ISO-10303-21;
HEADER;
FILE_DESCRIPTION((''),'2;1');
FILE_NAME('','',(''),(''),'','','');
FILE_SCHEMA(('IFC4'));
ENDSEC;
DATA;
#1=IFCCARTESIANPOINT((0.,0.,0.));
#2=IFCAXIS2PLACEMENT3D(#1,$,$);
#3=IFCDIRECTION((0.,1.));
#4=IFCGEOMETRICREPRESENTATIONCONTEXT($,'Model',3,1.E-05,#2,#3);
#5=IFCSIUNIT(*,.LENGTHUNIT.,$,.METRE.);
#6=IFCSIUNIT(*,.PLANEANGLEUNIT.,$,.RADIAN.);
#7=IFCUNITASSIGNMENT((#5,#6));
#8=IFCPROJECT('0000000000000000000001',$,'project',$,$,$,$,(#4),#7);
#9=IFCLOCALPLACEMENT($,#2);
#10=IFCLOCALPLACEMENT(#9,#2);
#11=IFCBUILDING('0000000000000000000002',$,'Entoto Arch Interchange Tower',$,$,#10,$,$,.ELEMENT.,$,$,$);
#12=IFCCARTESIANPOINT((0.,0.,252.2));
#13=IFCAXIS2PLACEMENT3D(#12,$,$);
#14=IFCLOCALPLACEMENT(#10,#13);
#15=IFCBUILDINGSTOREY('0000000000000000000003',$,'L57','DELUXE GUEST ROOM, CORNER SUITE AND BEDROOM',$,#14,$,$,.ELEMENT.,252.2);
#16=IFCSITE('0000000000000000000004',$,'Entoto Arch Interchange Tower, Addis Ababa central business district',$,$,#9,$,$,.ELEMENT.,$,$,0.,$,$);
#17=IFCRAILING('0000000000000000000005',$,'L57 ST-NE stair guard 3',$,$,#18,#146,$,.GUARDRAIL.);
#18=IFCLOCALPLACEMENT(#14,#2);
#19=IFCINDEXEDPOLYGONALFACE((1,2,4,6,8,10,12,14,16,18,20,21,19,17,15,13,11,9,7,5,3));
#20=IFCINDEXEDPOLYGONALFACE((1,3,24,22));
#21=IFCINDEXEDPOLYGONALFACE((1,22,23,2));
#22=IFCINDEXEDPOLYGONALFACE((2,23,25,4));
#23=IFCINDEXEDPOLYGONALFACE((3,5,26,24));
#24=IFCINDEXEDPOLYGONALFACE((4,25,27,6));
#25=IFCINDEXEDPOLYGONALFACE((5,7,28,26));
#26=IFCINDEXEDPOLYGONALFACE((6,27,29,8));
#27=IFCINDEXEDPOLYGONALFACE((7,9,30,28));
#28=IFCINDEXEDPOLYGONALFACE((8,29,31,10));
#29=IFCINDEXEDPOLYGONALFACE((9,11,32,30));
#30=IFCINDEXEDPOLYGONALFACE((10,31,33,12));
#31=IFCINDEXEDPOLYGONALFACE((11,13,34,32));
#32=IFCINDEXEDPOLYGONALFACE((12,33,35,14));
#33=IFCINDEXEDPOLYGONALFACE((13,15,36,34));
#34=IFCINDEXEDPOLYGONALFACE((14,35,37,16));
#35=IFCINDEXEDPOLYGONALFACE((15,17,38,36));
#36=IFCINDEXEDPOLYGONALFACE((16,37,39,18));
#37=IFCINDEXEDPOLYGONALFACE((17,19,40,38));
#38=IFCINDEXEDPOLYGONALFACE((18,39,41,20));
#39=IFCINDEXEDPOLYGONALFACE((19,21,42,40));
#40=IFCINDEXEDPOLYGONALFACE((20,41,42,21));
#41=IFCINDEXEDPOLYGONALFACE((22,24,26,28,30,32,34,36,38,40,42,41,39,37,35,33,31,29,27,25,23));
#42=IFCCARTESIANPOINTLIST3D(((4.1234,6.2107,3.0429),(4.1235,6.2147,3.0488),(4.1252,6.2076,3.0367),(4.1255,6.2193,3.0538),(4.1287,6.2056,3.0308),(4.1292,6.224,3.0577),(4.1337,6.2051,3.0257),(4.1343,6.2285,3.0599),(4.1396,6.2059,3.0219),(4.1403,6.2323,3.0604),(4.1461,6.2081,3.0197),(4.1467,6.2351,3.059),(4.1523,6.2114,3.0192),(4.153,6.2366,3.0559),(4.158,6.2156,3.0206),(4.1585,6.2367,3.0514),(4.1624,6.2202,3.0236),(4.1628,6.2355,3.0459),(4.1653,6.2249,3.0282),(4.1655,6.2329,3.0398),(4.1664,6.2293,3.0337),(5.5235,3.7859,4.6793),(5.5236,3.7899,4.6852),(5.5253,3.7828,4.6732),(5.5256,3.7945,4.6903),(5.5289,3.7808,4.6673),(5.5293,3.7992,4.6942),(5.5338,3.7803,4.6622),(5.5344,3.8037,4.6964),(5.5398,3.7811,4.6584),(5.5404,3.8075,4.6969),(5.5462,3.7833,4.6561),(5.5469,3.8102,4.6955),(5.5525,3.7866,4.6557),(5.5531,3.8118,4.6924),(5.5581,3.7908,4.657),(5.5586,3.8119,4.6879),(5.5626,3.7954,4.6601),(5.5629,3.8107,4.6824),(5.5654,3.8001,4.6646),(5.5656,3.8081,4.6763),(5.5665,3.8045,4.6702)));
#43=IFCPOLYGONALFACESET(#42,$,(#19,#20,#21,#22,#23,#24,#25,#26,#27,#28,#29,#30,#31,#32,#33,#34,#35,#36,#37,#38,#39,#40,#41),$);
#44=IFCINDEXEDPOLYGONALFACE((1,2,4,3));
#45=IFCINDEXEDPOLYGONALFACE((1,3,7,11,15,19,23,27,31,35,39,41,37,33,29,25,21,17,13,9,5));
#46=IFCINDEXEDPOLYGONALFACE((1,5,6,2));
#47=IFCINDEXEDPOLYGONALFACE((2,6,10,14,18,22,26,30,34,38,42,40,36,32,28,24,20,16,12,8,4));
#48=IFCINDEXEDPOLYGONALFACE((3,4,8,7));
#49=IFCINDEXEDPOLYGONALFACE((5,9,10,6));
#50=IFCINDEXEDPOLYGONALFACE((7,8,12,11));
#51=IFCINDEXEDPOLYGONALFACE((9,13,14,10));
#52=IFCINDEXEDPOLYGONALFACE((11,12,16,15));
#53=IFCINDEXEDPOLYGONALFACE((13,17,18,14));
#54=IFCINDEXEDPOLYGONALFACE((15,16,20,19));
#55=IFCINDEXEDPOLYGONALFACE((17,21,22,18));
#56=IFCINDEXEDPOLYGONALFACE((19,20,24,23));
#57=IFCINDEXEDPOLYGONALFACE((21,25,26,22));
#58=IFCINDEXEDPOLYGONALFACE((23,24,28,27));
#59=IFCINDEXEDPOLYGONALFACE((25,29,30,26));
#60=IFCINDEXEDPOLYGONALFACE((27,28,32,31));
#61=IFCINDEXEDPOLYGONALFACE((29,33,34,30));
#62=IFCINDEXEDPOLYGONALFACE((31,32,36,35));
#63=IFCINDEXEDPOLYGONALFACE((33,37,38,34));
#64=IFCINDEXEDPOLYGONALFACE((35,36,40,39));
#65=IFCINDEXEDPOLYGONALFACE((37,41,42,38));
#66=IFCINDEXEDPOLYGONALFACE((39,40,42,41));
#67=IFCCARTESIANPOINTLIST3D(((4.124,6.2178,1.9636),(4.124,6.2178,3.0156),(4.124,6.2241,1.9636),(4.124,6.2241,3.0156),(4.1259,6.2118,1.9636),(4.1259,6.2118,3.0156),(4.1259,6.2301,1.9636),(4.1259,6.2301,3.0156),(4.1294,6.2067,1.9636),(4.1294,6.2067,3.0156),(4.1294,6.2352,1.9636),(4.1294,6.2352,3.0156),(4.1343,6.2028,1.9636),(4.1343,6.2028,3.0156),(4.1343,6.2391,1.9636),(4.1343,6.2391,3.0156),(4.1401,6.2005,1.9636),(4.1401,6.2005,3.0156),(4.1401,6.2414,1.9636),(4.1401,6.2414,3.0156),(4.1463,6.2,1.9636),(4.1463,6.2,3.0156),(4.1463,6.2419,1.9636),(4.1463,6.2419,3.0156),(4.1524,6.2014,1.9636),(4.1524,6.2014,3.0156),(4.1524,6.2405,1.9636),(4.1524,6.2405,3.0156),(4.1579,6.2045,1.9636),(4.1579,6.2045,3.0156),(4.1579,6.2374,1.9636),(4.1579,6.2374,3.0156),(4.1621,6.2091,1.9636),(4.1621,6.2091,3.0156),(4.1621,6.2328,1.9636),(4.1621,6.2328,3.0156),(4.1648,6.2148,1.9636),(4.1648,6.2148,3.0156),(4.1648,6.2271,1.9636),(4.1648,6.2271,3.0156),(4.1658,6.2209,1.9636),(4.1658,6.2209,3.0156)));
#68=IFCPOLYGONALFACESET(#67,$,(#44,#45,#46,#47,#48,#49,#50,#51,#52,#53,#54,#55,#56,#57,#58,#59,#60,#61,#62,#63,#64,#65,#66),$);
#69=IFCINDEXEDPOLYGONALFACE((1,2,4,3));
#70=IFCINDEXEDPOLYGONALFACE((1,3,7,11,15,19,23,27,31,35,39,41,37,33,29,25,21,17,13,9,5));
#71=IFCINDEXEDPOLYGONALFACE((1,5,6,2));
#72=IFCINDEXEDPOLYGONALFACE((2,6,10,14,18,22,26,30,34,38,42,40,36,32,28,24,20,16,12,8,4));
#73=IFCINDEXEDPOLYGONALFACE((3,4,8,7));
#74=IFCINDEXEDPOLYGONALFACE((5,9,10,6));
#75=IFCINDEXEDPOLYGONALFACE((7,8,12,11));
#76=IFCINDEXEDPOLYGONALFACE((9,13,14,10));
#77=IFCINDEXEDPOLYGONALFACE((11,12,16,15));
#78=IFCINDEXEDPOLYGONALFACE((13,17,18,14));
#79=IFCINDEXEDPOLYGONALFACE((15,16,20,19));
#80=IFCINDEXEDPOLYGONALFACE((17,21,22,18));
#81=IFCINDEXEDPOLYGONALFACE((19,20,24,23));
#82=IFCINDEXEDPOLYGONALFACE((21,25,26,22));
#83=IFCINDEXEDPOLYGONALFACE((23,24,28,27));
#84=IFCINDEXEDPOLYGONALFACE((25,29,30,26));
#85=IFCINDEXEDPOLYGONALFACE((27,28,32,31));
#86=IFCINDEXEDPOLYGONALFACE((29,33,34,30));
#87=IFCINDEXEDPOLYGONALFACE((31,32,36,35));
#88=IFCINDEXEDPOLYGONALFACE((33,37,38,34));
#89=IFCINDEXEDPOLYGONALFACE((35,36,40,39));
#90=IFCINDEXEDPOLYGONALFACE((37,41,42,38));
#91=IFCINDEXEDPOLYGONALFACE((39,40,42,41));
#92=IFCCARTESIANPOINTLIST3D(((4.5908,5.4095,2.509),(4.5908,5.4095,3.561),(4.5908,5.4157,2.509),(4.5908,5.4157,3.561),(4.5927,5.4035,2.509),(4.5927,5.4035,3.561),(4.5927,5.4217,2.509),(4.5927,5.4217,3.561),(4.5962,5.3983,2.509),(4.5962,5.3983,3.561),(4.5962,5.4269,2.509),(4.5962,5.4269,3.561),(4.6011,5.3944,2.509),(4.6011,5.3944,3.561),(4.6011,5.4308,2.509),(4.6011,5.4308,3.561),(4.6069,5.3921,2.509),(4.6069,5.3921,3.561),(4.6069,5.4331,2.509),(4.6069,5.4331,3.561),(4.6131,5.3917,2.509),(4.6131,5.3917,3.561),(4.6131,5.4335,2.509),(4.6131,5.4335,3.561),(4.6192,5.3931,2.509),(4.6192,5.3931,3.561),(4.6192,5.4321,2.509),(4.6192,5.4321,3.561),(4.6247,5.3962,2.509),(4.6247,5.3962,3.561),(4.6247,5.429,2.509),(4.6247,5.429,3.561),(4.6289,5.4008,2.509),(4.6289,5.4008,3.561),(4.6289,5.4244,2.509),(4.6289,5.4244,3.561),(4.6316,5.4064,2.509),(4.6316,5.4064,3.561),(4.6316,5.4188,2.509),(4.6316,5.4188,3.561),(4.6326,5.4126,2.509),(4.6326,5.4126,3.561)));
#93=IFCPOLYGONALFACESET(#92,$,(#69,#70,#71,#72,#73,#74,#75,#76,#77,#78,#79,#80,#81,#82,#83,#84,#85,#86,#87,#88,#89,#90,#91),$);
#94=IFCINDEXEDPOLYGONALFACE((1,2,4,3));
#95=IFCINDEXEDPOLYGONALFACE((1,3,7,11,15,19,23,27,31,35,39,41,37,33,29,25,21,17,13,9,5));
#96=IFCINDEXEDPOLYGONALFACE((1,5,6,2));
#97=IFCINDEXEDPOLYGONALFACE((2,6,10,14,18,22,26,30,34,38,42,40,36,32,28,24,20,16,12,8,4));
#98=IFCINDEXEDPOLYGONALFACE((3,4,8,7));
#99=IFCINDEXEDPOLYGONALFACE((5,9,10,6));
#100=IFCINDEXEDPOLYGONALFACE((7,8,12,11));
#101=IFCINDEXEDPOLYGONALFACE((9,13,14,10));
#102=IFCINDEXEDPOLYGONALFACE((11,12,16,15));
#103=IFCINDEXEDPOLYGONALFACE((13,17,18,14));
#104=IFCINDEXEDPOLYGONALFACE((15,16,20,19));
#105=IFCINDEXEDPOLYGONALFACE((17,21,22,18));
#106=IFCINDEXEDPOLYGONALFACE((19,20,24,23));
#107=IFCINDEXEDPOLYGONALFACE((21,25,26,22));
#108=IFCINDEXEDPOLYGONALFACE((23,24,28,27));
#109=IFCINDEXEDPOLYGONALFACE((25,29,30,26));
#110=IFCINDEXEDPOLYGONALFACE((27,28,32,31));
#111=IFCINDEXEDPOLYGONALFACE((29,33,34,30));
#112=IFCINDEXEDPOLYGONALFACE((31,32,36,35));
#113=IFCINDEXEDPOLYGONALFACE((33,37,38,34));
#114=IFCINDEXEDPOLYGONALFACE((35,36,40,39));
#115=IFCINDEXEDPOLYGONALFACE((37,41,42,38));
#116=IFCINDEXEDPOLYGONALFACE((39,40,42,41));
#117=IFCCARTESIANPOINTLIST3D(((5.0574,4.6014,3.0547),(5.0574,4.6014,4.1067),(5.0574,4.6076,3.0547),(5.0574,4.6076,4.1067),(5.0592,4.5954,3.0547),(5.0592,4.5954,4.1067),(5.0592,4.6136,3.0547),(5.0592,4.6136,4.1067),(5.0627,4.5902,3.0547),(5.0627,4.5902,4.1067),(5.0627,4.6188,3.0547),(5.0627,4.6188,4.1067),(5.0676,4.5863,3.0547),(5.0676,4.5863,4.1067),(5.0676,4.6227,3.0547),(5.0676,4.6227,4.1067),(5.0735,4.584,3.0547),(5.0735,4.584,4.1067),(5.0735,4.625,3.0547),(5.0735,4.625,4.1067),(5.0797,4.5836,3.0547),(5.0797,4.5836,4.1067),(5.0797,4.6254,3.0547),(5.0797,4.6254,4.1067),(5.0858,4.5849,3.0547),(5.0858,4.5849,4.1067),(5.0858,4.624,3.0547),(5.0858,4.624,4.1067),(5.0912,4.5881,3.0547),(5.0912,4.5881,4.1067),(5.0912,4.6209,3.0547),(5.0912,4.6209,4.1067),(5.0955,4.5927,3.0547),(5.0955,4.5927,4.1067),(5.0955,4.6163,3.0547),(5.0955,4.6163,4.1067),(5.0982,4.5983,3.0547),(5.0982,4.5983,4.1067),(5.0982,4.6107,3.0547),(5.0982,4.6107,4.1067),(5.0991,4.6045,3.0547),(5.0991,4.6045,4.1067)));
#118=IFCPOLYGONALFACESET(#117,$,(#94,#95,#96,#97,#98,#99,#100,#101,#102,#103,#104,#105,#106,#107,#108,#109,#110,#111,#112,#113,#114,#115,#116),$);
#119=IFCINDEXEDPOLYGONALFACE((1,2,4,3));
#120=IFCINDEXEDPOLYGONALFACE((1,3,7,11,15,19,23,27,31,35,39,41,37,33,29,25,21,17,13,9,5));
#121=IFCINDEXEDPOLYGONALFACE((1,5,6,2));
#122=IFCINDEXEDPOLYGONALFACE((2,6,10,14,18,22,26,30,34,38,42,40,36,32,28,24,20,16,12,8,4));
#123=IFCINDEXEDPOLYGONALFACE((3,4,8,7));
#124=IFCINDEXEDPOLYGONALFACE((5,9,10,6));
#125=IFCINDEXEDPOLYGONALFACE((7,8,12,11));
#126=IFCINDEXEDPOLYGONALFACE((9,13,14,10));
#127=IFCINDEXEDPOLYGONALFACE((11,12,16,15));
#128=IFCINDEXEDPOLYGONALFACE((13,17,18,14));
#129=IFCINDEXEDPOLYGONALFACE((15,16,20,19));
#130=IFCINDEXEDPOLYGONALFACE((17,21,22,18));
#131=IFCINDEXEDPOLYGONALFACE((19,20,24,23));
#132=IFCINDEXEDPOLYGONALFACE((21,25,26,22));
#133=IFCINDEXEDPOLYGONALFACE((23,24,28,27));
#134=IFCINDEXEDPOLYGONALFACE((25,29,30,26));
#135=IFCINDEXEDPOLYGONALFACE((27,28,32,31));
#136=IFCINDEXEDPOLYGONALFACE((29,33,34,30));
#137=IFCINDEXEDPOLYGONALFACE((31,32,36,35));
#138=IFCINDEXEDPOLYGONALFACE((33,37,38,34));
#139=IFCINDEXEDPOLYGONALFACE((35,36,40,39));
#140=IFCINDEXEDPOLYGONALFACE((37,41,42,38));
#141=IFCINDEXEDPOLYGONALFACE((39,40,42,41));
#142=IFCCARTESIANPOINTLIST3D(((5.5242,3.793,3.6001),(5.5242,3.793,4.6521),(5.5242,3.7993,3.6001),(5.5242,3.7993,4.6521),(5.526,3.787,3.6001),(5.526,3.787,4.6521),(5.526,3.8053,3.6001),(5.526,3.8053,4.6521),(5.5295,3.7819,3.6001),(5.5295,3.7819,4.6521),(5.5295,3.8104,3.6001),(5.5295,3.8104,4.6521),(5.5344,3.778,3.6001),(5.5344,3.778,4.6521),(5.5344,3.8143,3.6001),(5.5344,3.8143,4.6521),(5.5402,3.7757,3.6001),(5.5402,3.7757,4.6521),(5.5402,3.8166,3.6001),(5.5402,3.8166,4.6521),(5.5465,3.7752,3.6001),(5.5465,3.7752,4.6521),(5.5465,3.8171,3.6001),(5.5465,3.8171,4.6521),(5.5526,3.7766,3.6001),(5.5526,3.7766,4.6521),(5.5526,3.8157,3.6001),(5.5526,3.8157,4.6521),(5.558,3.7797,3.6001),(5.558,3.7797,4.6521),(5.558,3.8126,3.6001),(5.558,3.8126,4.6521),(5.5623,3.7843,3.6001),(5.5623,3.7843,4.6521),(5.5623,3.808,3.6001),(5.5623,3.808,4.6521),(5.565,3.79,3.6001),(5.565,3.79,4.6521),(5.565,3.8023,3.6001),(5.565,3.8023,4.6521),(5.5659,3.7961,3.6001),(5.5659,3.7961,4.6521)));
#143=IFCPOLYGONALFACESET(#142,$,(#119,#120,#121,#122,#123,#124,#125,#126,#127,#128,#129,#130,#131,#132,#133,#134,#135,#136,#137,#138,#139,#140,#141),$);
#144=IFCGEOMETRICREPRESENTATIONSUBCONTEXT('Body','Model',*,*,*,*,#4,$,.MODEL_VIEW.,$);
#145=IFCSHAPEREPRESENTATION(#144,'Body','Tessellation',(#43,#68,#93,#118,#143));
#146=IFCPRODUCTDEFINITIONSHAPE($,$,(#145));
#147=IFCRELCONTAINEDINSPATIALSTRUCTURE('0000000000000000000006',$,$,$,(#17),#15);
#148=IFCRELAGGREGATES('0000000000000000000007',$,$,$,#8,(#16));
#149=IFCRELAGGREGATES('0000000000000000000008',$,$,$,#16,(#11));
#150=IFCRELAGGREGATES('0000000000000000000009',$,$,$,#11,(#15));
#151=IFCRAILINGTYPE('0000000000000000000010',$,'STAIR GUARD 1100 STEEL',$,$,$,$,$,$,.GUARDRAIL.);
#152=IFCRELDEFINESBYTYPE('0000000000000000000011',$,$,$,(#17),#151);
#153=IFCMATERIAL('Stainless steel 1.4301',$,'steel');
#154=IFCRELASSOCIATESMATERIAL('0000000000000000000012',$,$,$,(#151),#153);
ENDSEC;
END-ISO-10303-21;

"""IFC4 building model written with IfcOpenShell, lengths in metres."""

from ifc_helpers import new_model, si_unit, direction, frame, origin, origin_2d, place, context, subcontext, project, spatial, circle, extrude, material, type_object, element, save


model = new_model("IFC4")

# Units and contexts
model_context = context("Model", 3, precision=1e-05, world=origin(), true_north=direction((0.0, 1.0)))
body_context = subcontext(model_context, "Body", "Model", "MODEL_VIEW")
ifc_project = project(units=[si_unit("LENGTHUNIT", "METRE"), si_unit("PLANEANGLEUNIT", "RADIAN")], contexts=[model_context])

# Site, building, storey
site_placement = place(None, origin())
site = spatial("IfcSite", under=ifc_project, at=site_placement, Name="Entoto Arch Interchange Tower, Addis Ababa central business district", CompositionType="ELEMENT", RefElevation=0.0)
building_placement = place(site_placement, origin())
building = spatial("IfcBuilding", under=site, at=building_placement, Name="Entoto Arch Interchange Tower", CompositionType="ELEMENT")
storey_placement = place(building_placement, frame((0.0, 0.0, 252.2)))
storey = spatial("IfcBuildingStorey", under=building, at=storey_placement, Name="L57", Description="DELUXE GUEST ROOM, CORNER SUITE AND BEDROOM", CompositionType="ELEMENT", Elevation=252.2)

# Railing
ifc_material_1 = material(Name="Stainless steel 1.4301", Category="steel")
railing_type_1 = type_object("IfcRailingType", Name="STAIR GUARD 1100 STEEL", PredefinedType="GUARDRAIL", material=ifc_material_1)
railing_1_placement = place(storey_placement, frame((4.1448, 6.2209, 1.9636)))
element("IfcRailing", 1, at=railing_1_placement, inside=storey, type_object=railing_type_1, Name="L57 ST-NE stair guard 3", PredefinedType="GUARDRAIL", context=body_context, shape_type="SweptSolid", body=[
    extrude(circle(Radius=0.0239, at=origin_2d()), frame((0.0, 0.0, 1.0762), z_axis=(0.431722, -0.747666, 0.504591), x_axis=(0.865997, 0.50005, 0.0)), (0.0, 0.0, 1.0), 3.2432),
    extrude(circle(Radius=0.021, at=origin_2d()), origin(), (0.0, 0.0, 1.0), 1.052),
    extrude(circle(Radius=0.021, at=origin_2d()), frame((0.4668, -0.8083, 0.5454)), (0.0, 0.0, 1.0), 1.052),
    extrude(circle(Radius=0.021, at=origin_2d()), frame((0.9333, -1.6165, 1.0911)), (0.0, 0.0, 1.0), 1.052),
    extrude(circle(Radius=0.021, at=origin_2d()), frame((1.4001, -2.4248, 1.6365)), (0.0, 0.0, 1.0), 1.052),
])

save(model, "model.ifc")
